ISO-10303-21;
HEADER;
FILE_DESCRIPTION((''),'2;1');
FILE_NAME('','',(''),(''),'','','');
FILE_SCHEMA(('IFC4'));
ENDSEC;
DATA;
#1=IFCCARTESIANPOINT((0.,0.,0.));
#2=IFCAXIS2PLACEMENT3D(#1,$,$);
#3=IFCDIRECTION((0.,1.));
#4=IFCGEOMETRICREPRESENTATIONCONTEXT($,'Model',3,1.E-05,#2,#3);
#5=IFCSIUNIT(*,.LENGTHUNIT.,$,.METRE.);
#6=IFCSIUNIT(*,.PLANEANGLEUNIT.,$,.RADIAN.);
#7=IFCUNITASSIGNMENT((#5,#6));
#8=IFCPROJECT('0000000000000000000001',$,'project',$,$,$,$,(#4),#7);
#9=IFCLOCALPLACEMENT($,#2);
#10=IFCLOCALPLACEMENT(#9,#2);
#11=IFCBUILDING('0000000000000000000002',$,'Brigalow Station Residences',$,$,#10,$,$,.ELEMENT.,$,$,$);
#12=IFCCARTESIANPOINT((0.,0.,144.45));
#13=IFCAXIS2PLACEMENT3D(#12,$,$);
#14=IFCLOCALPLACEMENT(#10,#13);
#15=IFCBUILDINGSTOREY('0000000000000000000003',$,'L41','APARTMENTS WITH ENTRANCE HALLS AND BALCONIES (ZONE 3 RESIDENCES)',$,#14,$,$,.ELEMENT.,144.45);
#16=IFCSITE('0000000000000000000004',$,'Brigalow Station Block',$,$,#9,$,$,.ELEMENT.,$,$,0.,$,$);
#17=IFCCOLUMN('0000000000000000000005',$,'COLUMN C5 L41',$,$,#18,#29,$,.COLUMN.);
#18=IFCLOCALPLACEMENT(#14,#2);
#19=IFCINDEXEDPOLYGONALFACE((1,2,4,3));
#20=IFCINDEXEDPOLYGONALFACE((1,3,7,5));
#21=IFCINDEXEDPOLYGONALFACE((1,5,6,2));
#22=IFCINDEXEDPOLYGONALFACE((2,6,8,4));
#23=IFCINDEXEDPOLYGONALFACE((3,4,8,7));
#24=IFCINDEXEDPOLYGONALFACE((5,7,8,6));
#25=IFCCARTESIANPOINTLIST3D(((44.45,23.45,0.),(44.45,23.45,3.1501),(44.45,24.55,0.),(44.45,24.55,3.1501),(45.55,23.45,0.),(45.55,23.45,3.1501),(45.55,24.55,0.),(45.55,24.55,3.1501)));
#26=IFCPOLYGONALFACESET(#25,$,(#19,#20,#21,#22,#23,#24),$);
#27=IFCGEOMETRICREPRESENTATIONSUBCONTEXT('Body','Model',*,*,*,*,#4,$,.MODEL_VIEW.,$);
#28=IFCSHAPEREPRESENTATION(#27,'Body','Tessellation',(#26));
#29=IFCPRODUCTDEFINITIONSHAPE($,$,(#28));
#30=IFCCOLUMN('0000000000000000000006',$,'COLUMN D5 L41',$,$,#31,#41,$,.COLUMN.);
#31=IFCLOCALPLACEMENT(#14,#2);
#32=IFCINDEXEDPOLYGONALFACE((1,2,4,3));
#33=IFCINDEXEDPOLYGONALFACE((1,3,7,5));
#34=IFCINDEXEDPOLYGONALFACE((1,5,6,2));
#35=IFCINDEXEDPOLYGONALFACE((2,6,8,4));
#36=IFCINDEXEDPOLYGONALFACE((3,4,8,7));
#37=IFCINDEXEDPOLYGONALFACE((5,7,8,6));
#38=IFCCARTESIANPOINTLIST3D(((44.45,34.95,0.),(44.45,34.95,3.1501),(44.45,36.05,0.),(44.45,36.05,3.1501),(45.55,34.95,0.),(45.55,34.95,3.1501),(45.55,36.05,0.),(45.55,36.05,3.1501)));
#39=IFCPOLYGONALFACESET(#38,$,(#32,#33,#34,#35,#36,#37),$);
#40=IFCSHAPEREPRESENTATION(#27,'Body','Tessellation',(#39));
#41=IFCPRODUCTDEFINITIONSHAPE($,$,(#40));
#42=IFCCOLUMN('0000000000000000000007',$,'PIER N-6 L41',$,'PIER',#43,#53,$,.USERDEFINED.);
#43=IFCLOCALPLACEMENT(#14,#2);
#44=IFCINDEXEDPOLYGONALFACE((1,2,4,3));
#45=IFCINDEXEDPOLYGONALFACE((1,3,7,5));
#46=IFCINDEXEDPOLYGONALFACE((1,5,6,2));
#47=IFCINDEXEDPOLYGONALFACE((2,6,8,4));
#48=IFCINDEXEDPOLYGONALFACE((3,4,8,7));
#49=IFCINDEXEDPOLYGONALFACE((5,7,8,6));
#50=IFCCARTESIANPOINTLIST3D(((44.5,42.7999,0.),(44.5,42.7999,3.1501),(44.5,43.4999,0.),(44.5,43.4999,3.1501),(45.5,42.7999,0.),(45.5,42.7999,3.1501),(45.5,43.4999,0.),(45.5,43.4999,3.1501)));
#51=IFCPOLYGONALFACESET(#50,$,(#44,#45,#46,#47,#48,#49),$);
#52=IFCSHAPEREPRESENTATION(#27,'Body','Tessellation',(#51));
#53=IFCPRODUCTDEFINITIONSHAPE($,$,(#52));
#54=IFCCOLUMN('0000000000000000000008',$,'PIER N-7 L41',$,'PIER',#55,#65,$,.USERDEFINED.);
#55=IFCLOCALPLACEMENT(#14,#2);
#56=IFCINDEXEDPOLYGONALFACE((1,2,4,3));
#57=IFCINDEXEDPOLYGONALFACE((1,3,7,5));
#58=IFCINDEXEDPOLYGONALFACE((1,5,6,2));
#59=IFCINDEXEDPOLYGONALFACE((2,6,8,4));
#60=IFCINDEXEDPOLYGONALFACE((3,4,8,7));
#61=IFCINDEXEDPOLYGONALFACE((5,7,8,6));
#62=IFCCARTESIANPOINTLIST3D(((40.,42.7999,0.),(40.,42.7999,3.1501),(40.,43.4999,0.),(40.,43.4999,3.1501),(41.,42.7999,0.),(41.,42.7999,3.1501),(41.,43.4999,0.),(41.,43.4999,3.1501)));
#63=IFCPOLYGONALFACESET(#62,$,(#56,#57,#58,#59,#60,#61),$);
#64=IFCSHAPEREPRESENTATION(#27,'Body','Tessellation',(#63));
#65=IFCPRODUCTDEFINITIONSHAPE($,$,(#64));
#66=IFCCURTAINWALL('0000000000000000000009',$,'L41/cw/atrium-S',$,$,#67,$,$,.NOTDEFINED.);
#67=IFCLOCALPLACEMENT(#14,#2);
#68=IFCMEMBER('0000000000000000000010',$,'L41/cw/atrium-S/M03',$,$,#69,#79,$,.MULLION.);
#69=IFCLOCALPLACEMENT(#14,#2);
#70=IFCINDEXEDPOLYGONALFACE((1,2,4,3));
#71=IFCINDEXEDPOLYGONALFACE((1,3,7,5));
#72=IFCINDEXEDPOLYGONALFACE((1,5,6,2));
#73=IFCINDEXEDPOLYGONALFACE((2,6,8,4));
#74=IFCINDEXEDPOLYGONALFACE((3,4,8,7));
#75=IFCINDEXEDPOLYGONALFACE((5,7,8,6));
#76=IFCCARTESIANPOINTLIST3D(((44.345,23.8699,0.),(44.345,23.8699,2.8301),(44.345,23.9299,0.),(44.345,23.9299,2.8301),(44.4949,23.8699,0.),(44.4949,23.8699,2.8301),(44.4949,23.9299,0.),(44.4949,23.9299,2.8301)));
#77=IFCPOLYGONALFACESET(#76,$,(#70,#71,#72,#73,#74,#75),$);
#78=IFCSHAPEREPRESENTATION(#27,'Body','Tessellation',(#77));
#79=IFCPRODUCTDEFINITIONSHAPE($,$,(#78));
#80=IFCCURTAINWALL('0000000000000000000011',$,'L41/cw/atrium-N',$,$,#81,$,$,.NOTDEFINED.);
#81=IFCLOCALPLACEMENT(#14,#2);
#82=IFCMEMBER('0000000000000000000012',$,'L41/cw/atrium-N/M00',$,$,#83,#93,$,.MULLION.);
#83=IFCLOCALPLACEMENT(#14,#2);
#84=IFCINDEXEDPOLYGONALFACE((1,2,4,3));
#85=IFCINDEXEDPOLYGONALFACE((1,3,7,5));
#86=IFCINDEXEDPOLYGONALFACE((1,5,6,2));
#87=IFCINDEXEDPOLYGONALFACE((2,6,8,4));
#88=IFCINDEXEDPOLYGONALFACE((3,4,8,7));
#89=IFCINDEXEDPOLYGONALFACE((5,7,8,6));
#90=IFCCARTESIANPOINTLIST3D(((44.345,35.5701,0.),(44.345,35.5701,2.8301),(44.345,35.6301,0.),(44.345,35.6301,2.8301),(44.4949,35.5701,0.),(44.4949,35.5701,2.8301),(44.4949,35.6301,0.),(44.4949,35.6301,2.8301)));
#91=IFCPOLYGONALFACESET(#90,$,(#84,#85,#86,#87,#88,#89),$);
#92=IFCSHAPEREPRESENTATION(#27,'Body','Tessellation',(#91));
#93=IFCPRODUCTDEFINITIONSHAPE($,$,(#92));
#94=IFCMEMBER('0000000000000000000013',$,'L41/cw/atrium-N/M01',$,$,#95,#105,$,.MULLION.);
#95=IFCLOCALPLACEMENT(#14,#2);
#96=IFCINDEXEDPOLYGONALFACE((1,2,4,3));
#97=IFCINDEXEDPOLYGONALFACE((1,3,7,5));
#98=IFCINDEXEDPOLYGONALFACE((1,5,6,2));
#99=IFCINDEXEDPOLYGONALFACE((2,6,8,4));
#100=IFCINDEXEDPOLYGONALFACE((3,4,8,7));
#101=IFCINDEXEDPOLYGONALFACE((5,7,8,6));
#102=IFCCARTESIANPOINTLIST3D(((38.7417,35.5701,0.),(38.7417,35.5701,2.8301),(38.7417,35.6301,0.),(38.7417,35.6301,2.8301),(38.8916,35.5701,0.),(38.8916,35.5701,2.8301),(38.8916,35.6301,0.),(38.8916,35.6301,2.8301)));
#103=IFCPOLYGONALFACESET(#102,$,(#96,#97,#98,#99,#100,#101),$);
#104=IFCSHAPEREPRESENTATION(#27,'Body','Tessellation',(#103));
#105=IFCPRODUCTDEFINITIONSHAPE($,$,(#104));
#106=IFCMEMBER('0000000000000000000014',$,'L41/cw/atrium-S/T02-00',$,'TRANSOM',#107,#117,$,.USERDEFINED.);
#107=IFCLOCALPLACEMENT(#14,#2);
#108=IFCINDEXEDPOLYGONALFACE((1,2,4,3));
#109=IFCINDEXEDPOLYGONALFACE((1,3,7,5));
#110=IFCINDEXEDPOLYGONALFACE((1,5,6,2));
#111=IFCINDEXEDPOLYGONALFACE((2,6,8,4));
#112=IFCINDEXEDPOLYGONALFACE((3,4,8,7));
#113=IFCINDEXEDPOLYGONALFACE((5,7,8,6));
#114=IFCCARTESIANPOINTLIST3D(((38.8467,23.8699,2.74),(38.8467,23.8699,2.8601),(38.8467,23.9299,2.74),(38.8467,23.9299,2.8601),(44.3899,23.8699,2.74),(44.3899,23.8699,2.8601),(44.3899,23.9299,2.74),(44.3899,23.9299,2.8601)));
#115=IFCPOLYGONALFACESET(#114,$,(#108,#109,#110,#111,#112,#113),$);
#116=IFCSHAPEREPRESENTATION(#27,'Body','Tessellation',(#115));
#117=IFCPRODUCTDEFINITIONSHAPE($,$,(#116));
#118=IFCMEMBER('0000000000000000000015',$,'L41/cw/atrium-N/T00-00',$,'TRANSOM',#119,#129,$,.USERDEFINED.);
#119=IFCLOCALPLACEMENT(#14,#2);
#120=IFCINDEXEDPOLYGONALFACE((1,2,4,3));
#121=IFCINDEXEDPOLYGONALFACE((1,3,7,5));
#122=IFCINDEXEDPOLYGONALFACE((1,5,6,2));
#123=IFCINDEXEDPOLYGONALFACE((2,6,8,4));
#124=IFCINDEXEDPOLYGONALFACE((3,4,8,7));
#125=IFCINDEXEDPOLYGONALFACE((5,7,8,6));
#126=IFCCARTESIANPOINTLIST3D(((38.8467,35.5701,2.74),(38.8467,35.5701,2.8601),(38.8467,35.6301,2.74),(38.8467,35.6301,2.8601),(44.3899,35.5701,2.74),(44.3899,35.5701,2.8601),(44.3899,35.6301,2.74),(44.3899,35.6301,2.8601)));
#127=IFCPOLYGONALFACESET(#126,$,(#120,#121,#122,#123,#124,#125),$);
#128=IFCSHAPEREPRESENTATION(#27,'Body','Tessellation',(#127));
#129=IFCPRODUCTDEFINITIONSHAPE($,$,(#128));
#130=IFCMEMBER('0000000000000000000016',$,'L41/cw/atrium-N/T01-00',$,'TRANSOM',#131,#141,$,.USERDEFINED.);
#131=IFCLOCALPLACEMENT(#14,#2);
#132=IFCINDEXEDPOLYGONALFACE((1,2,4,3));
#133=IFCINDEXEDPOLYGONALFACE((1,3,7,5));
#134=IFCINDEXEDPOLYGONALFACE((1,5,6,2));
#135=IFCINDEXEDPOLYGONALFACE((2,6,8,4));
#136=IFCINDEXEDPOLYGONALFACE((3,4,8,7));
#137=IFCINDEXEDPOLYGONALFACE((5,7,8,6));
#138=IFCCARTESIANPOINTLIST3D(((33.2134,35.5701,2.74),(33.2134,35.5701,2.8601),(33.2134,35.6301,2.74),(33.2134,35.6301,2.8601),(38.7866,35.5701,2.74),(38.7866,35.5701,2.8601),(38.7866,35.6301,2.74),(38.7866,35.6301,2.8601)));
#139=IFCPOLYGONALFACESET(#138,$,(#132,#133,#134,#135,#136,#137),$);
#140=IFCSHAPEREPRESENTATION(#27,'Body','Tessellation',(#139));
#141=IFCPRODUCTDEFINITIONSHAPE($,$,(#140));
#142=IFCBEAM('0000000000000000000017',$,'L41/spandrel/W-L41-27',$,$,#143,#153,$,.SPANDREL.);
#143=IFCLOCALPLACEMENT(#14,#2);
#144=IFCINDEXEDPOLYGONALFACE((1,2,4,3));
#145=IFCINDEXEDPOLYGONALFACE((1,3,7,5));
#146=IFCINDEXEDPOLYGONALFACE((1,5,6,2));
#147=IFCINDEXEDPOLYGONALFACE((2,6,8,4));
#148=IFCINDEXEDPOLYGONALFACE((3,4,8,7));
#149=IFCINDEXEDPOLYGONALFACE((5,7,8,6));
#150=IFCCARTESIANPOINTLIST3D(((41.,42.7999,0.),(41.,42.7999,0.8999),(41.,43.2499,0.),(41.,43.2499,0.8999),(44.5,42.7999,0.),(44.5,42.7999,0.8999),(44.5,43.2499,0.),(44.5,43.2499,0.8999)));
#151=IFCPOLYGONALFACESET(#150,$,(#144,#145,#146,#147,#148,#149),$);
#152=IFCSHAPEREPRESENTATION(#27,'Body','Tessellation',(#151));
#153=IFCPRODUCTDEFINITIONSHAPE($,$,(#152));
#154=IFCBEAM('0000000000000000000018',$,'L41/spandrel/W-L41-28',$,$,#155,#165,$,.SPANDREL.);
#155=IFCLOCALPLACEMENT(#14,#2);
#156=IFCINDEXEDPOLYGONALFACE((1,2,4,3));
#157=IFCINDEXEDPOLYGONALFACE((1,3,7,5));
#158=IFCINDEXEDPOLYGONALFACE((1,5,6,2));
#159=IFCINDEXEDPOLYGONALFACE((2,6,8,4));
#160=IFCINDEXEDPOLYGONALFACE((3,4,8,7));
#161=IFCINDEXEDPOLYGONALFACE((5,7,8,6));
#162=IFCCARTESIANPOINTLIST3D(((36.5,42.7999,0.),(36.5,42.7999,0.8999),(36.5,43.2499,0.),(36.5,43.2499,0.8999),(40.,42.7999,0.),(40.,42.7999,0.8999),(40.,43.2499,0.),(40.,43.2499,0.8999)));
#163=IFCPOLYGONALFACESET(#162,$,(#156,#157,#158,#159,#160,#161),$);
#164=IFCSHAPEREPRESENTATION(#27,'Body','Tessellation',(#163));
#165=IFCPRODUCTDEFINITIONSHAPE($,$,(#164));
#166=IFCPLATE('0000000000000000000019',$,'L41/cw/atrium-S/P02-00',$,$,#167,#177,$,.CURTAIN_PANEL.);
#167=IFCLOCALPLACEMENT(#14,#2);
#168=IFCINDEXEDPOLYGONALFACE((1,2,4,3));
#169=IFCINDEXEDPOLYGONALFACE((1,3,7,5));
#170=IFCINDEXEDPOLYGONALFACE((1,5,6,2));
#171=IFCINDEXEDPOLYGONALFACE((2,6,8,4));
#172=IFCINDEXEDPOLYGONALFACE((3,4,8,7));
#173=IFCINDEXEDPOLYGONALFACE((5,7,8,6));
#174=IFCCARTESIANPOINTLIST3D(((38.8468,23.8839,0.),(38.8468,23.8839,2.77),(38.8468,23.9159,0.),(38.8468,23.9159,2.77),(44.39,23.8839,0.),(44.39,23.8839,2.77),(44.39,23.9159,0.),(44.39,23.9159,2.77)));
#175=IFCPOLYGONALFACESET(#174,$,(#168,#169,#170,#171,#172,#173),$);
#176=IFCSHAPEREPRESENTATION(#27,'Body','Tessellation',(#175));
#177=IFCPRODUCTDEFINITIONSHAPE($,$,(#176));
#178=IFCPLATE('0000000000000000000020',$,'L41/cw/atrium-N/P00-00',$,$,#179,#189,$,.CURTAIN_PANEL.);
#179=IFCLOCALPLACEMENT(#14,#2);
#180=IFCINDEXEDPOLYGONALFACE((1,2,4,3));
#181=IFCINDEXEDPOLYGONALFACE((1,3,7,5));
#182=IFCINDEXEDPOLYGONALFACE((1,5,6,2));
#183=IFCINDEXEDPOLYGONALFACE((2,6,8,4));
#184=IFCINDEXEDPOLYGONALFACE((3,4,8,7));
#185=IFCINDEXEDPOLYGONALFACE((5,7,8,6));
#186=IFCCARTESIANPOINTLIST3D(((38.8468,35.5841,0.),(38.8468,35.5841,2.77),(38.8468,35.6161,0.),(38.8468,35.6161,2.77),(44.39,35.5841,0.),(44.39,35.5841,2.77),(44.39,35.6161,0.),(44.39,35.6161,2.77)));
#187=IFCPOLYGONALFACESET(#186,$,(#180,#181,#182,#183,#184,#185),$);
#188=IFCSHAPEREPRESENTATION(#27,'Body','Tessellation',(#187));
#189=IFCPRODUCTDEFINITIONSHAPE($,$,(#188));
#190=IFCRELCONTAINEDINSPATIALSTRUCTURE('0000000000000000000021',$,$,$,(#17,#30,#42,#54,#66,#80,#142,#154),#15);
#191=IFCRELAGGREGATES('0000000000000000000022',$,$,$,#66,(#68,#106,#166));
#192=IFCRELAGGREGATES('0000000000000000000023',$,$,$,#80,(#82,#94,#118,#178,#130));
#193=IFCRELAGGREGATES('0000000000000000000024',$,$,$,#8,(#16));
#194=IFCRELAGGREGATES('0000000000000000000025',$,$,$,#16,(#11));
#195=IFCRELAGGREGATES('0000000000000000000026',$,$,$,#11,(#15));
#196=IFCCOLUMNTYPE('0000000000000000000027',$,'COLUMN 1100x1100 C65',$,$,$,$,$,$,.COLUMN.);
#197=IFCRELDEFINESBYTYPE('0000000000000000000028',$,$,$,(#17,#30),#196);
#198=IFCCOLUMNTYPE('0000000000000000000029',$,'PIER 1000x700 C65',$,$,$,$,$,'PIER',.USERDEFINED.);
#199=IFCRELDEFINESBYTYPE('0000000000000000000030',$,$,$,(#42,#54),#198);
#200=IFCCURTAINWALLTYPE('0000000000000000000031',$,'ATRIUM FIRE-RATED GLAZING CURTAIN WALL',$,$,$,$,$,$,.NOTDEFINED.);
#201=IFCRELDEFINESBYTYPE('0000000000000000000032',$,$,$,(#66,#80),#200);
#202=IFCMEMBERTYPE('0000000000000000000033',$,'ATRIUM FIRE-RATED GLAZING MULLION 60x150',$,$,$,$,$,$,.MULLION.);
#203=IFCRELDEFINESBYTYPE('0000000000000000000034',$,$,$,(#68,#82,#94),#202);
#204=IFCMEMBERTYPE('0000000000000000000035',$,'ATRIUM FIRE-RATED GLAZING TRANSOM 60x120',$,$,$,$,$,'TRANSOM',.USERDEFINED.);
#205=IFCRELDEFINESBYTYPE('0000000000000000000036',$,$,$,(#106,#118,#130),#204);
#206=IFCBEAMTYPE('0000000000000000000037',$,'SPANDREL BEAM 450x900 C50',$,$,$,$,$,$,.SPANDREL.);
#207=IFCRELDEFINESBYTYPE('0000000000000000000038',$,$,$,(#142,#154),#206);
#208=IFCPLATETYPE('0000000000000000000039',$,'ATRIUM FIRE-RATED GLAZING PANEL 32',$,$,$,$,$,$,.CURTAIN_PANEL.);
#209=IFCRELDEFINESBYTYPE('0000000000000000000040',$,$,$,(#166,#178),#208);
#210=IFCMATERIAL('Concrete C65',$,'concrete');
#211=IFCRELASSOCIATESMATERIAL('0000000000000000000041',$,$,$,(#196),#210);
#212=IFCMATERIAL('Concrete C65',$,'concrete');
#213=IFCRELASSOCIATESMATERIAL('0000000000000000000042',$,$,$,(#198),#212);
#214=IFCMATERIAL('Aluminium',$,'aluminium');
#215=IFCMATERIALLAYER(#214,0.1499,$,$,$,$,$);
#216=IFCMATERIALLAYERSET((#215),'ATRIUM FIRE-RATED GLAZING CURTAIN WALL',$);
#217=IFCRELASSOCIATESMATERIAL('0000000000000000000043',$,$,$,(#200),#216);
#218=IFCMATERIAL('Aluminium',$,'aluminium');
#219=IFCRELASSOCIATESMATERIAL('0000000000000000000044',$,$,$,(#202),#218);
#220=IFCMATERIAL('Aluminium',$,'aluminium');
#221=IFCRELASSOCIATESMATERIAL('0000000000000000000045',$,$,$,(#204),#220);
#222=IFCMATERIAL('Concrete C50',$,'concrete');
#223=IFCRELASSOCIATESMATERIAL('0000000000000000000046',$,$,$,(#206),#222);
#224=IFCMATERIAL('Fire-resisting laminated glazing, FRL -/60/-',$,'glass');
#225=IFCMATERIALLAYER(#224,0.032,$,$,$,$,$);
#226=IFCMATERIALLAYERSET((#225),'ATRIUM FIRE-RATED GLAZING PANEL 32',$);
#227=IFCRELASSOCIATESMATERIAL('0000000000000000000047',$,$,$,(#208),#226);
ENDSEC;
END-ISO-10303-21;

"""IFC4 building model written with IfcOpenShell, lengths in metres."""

from ifc_helpers import new_model, si_unit, direction, frame, origin, origin_2d, place, context, subcontext, project, spatial, rectangle, extrude, material, layer, layer_set, material_profile, profile_set, type_object, element, aggregate, save


model = new_model("IFC4")

# Units and contexts
model_context = context("Model", 3, precision=1e-05, world=origin(), true_north=direction((0.0, 1.0)))
body_context = subcontext(model_context, "Body", "Model", "MODEL_VIEW")
ifc_project = project(units=[si_unit("LENGTHUNIT", "METRE"), si_unit("PLANEANGLEUNIT", "RADIAN")], contexts=[model_context])

# Site, building, storey
site_placement = place(None, origin())
site = spatial("IfcSite", under=ifc_project, at=site_placement, Name="Brigalow Station Block", CompositionType="ELEMENT", RefElevation=0.0)
building_placement = place(site_placement, origin())
building = spatial("IfcBuilding", under=site, at=building_placement, Name="Brigalow Station Residences", CompositionType="ELEMENT")
storey_placement = place(building_placement, frame((0.0, 0.0, 144.45)))
storey = spatial("IfcBuildingStorey", under=building, at=storey_placement, Name="L41", Description="APARTMENTS WITH ENTRANCE HALLS AND BALCONIES (ZONE 3 RESIDENCES)", CompositionType="ELEMENT", Elevation=144.45)

# Columns
ifc_material_1 = material(Name="Concrete C65", Category="concrete")
ifc_material_profile_1 = material_profile(ifc_material_1, rectangle(XDim=1.1001, YDim=1.1001, at=origin_2d()), Name="RC1100x1100")
ifc_profile_set_1 = profile_set([ifc_material_profile_1], Name="Concrete C65")
column_type_1 = type_object("IfcColumnType", Name="COLUMN 1100x1100 C65", PredefinedType="COLUMN", material=ifc_profile_set_1)
for number, where, z_axis, x_axis, name in (
    (1, (45.0, 24.0, 0.0), (0.0, 0.0, 1.0), (1.0, 0.0, 0.0), "COLUMN C5 L41"),
    (2, (45.0, 35.5, 0.0), (0.0, 0.0, 1.0), (1.0, 0.0, 0.0), "COLUMN D5 L41"),
):
    element("IfcColumn", number, at=place(storey_placement, frame(where, z_axis=z_axis, x_axis=x_axis)), inside=storey, type_object=column_type_1, Name=name, PredefinedType="COLUMN", context=body_context, shape_type="SweptSolid", body=[
        extrude(rectangle(XDim=1.1001, YDim=1.1001, at=origin_2d()), origin(), (0.0, 0.0, 1.0), 3.1501),
    ])
ifc_material_2 = material(Name="Concrete C65", Category="concrete")
ifc_material_profile_2 = material_profile(ifc_material_2, rectangle(XDim=1.0, YDim=0.7, at=origin_2d()), Name="RC1000x700")
ifc_profile_set_2 = profile_set([ifc_material_profile_2], Name="Concrete C65")
column_type_2 = type_object("IfcColumnType", Name="PIER 1000x700 C65", ElementType="PIER", PredefinedType="USERDEFINED", material=ifc_profile_set_2)
for number, where, z_axis, x_axis, name in (
    (3, (45.0, 43.1499, 0.0), (0.0, 0.0, 1.0), (-1.0, 0.0, 0.0), "PIER N-6 L41"),
    (4, (40.5, 43.1499, 0.0), (0.0, 0.0, 1.0), (-1.0, 0.0, 0.0), "PIER N-7 L41"),
):
    element("IfcColumn", number, at=place(storey_placement, frame(where, z_axis=z_axis, x_axis=x_axis)), inside=storey, type_object=column_type_2, Name=name, ObjectType="PIER", PredefinedType="USERDEFINED", context=body_context, shape_type="SweptSolid", body=[
        extrude(rectangle(XDim=1.0, YDim=0.7, at=origin_2d()), origin(), (0.0, 0.0, 1.0), 3.1501),
    ])

# Curtain wall, member
ifc_material_3 = material(Name="Aluminium", Category="aluminium")
ifc_layer_1 = layer(ifc_material_3, 0.1499)
ifc_layer_set_1 = layer_set([ifc_layer_1], Name="ATRIUM FIRE-RATED GLAZING CURTAIN WALL")
curtain_wall_type = type_object("IfcCurtainWallType", Name="ATRIUM FIRE-RATED GLAZING CURTAIN WALL", PredefinedType="NOTDEFINED", material=ifc_layer_set_1)
curtain_wall_1_placement = place(storey_placement, origin())
curtain_wall_1 = element("IfcCurtainWall", 5, at=curtain_wall_1_placement, inside=storey, type_object=curtain_wall_type, Name="L41/cw/atrium-S", PredefinedType="NOTDEFINED")
ifc_material_4 = material(Name="Aluminium", Category="aluminium")
ifc_material_profile_3 = material_profile(ifc_material_4, rectangle(XDim=0.0601, YDim=0.1499, at=origin_2d()), Name="ATRIUM FIRE-RATED GLAZING MULLION 60x150")
ifc_profile_set_3 = profile_set([ifc_material_profile_3], Name="Aluminium")
member_type_1 = type_object("IfcMemberType", Name="ATRIUM FIRE-RATED GLAZING MULLION 60x150", PredefinedType="MULLION", material=ifc_profile_set_3)
member_1_placement = place(storey_placement, frame((44.4199, 23.8999, 0.0), z_axis=(0.0, 0.0, 1.0), x_axis=(0.0, 1.0, 0.0)))
member_1 = element("IfcMember", 6, at=member_1_placement, type_object=member_type_1, Name="L41/cw/atrium-S/M03", PredefinedType="MULLION", context=body_context, shape_type="SweptSolid", body=[
    extrude(rectangle(XDim=0.0601, YDim=0.1499, at=origin_2d()), origin(), (0.0, 0.0, 1.0), 2.8301),
])

# Curtain wall, members
curtain_wall_2_placement = place(storey_placement, origin())
curtain_wall_2 = element("IfcCurtainWall", 7, at=curtain_wall_2_placement, inside=storey, type_object=curtain_wall_type, Name="L41/cw/atrium-N", PredefinedType="NOTDEFINED")
member_2_placement = place(storey_placement, frame((44.4199, 35.6001, 0.0), z_axis=(0.0, 0.0, 1.0), x_axis=(0.0, -1.0, 0.0)))
member_2 = element("IfcMember", 8, at=member_2_placement, type_object=member_type_1, Name="L41/cw/atrium-N/M00", PredefinedType="MULLION", context=body_context, shape_type="SweptSolid", body=[
    extrude(rectangle(XDim=0.0601, YDim=0.1499, at=origin_2d()), origin(), (0.0, 0.0, 1.0), 2.8301),
])
member_3_placement = place(storey_placement, frame((38.8167, 35.6001, 0.0), z_axis=(0.0, 0.0, 1.0), x_axis=(0.0, -1.0, 0.0)))
member_3 = element("IfcMember", 9, at=member_3_placement, type_object=member_type_1, Name="L41/cw/atrium-N/M01", PredefinedType="MULLION", context=body_context, shape_type="SweptSolid", body=[
    extrude(rectangle(XDim=0.0601, YDim=0.1499, at=origin_2d()), origin(), (0.0, 0.0, 1.0), 2.8301),
])

# Members
ifc_material_5 = material(Name="Aluminium", Category="aluminium")
ifc_material_profile_4 = material_profile(ifc_material_5, rectangle(XDim=0.0601, YDim=0.1201, at=origin_2d()), Name="ATRIUM FIRE-RATED GLAZING TRANSOM 60x120")
ifc_profile_set_4 = profile_set([ifc_material_profile_4], Name="Aluminium")
member_type_2 = type_object("IfcMemberType", Name="ATRIUM FIRE-RATED GLAZING TRANSOM 60x120", ElementType="TRANSOM", PredefinedType="USERDEFINED", material=ifc_profile_set_4)
member_4_placement = place(storey_placement, frame((38.8467, 23.8999, 2.8), z_axis=(1.0, 0.0, 0.0), x_axis=(0.0, 1.0, 0.0)))
member_4 = element("IfcMember", 10, at=member_4_placement, type_object=member_type_2, Name="L41/cw/atrium-S/T02-00", ObjectType="TRANSOM", PredefinedType="USERDEFINED", context=body_context, shape_type="SweptSolid", body=[
    extrude(rectangle(XDim=0.0601, YDim=0.1201, at=origin_2d()), origin(), (0.0, 0.0, 1.0), 5.5432),
])
member_5_placement = place(storey_placement, frame((44.3899, 35.6001, 2.8), z_axis=(-1.0, 0.0, 0.0), x_axis=(0.0, -1.0, 0.0)))
member_5 = element("IfcMember", 11, at=member_5_placement, type_object=member_type_2, Name="L41/cw/atrium-N/T00-00", ObjectType="TRANSOM", PredefinedType="USERDEFINED", context=body_context, shape_type="SweptSolid", body=[
    extrude(rectangle(XDim=0.0601, YDim=0.1201, at=origin_2d()), origin(), (0.0, 0.0, 1.0), 5.5432),
])
member_6_placement = place(storey_placement, frame((38.7866, 35.6001, 2.8), z_axis=(-1.0, 0.0, 0.0), x_axis=(0.0, -1.0, 0.0)))
member_6 = element("IfcMember", 12, at=member_6_placement, type_object=member_type_2, Name="L41/cw/atrium-N/T01-00", ObjectType="TRANSOM", PredefinedType="USERDEFINED", context=body_context, shape_type="SweptSolid", body=[
    extrude(rectangle(XDim=0.0601, YDim=0.1201, at=origin_2d()), origin(), (0.0, 0.0, 1.0), 5.5732),
])

# Beams
ifc_material_6 = material(Name="Concrete C50", Category="concrete")
ifc_material_profile_5 = material_profile(ifc_material_6, rectangle(XDim=0.45, YDim=0.8999, at=origin_2d()), Name="RC450x900")
ifc_profile_set_5 = profile_set([ifc_material_profile_5], Name="Concrete C50")
beam_type = type_object("IfcBeamType", Name="SPANDREL BEAM 450x900 C50", PredefinedType="SPANDREL", material=ifc_profile_set_5)
for number, where, z_axis, x_axis, name in (
    (13, (44.5, 43.0249, 0.45), (-1.0, 0.0, 0.0), (0.0, -1.0, 0.0), "L41/spandrel/W-L41-27"),
    (14, (40.0, 43.0249, 0.45), (-1.0, 0.0, 0.0), (0.0, -1.0, 0.0), "L41/spandrel/W-L41-28"),
):
    element("IfcBeam", number, at=place(storey_placement, frame(where, z_axis=z_axis, x_axis=x_axis)), inside=storey, type_object=beam_type, Name=name, PredefinedType="SPANDREL", context=body_context, shape_type="SweptSolid", body=[
        extrude(rectangle(XDim=0.45, YDim=0.8999, at=origin_2d()), origin(), (0.0, 0.0, 1.0), 3.5),
    ])

# Plates
ifc_material_7 = material(Name="Fire-resisting laminated glazing, FRL -/60/-", Category="glass")
ifc_layer_2 = layer(ifc_material_7, 0.032)
ifc_layer_set_2 = layer_set([ifc_layer_2], Name="ATRIUM FIRE-RATED GLAZING PANEL 32")
plate_type = type_object("IfcPlateType", Name="ATRIUM FIRE-RATED GLAZING PANEL 32", PredefinedType="CURTAIN_PANEL", material=ifc_layer_set_2)
plate_1_placement = place(storey_placement, frame((41.6184, 23.8999, 0.0), z_axis=(0.0, 0.0, 1.0), x_axis=(1.0, 0.0, 0.0)))
plate_1 = element("IfcPlate", 15, at=plate_1_placement, type_object=plate_type, Name="L41/cw/atrium-S/P02-00", PredefinedType="CURTAIN_PANEL", context=body_context, shape_type="SweptSolid", body=[
    extrude(rectangle(XDim=5.5432, YDim=0.032, at=origin_2d()), origin(), (0.0, 0.0, 1.0), 2.77),
])
aggregate(curtain_wall_1, [member_1, member_4, plate_1])
plate_2_placement = place(storey_placement, frame((41.6184, 35.6001, 0.0), z_axis=(0.0, 0.0, 1.0), x_axis=(-1.0, 0.0, 0.0)))
plate_2 = element("IfcPlate", 16, at=plate_2_placement, type_object=plate_type, Name="L41/cw/atrium-N/P00-00", PredefinedType="CURTAIN_PANEL", context=body_context, shape_type="SweptSolid", body=[
    extrude(rectangle(XDim=5.5432, YDim=0.032, at=origin_2d()), origin(), (0.0, 0.0, 1.0), 2.77),
])
aggregate(curtain_wall_2, [member_2, member_3, member_5, plate_2, member_6])

save(model, "model.ifc")
